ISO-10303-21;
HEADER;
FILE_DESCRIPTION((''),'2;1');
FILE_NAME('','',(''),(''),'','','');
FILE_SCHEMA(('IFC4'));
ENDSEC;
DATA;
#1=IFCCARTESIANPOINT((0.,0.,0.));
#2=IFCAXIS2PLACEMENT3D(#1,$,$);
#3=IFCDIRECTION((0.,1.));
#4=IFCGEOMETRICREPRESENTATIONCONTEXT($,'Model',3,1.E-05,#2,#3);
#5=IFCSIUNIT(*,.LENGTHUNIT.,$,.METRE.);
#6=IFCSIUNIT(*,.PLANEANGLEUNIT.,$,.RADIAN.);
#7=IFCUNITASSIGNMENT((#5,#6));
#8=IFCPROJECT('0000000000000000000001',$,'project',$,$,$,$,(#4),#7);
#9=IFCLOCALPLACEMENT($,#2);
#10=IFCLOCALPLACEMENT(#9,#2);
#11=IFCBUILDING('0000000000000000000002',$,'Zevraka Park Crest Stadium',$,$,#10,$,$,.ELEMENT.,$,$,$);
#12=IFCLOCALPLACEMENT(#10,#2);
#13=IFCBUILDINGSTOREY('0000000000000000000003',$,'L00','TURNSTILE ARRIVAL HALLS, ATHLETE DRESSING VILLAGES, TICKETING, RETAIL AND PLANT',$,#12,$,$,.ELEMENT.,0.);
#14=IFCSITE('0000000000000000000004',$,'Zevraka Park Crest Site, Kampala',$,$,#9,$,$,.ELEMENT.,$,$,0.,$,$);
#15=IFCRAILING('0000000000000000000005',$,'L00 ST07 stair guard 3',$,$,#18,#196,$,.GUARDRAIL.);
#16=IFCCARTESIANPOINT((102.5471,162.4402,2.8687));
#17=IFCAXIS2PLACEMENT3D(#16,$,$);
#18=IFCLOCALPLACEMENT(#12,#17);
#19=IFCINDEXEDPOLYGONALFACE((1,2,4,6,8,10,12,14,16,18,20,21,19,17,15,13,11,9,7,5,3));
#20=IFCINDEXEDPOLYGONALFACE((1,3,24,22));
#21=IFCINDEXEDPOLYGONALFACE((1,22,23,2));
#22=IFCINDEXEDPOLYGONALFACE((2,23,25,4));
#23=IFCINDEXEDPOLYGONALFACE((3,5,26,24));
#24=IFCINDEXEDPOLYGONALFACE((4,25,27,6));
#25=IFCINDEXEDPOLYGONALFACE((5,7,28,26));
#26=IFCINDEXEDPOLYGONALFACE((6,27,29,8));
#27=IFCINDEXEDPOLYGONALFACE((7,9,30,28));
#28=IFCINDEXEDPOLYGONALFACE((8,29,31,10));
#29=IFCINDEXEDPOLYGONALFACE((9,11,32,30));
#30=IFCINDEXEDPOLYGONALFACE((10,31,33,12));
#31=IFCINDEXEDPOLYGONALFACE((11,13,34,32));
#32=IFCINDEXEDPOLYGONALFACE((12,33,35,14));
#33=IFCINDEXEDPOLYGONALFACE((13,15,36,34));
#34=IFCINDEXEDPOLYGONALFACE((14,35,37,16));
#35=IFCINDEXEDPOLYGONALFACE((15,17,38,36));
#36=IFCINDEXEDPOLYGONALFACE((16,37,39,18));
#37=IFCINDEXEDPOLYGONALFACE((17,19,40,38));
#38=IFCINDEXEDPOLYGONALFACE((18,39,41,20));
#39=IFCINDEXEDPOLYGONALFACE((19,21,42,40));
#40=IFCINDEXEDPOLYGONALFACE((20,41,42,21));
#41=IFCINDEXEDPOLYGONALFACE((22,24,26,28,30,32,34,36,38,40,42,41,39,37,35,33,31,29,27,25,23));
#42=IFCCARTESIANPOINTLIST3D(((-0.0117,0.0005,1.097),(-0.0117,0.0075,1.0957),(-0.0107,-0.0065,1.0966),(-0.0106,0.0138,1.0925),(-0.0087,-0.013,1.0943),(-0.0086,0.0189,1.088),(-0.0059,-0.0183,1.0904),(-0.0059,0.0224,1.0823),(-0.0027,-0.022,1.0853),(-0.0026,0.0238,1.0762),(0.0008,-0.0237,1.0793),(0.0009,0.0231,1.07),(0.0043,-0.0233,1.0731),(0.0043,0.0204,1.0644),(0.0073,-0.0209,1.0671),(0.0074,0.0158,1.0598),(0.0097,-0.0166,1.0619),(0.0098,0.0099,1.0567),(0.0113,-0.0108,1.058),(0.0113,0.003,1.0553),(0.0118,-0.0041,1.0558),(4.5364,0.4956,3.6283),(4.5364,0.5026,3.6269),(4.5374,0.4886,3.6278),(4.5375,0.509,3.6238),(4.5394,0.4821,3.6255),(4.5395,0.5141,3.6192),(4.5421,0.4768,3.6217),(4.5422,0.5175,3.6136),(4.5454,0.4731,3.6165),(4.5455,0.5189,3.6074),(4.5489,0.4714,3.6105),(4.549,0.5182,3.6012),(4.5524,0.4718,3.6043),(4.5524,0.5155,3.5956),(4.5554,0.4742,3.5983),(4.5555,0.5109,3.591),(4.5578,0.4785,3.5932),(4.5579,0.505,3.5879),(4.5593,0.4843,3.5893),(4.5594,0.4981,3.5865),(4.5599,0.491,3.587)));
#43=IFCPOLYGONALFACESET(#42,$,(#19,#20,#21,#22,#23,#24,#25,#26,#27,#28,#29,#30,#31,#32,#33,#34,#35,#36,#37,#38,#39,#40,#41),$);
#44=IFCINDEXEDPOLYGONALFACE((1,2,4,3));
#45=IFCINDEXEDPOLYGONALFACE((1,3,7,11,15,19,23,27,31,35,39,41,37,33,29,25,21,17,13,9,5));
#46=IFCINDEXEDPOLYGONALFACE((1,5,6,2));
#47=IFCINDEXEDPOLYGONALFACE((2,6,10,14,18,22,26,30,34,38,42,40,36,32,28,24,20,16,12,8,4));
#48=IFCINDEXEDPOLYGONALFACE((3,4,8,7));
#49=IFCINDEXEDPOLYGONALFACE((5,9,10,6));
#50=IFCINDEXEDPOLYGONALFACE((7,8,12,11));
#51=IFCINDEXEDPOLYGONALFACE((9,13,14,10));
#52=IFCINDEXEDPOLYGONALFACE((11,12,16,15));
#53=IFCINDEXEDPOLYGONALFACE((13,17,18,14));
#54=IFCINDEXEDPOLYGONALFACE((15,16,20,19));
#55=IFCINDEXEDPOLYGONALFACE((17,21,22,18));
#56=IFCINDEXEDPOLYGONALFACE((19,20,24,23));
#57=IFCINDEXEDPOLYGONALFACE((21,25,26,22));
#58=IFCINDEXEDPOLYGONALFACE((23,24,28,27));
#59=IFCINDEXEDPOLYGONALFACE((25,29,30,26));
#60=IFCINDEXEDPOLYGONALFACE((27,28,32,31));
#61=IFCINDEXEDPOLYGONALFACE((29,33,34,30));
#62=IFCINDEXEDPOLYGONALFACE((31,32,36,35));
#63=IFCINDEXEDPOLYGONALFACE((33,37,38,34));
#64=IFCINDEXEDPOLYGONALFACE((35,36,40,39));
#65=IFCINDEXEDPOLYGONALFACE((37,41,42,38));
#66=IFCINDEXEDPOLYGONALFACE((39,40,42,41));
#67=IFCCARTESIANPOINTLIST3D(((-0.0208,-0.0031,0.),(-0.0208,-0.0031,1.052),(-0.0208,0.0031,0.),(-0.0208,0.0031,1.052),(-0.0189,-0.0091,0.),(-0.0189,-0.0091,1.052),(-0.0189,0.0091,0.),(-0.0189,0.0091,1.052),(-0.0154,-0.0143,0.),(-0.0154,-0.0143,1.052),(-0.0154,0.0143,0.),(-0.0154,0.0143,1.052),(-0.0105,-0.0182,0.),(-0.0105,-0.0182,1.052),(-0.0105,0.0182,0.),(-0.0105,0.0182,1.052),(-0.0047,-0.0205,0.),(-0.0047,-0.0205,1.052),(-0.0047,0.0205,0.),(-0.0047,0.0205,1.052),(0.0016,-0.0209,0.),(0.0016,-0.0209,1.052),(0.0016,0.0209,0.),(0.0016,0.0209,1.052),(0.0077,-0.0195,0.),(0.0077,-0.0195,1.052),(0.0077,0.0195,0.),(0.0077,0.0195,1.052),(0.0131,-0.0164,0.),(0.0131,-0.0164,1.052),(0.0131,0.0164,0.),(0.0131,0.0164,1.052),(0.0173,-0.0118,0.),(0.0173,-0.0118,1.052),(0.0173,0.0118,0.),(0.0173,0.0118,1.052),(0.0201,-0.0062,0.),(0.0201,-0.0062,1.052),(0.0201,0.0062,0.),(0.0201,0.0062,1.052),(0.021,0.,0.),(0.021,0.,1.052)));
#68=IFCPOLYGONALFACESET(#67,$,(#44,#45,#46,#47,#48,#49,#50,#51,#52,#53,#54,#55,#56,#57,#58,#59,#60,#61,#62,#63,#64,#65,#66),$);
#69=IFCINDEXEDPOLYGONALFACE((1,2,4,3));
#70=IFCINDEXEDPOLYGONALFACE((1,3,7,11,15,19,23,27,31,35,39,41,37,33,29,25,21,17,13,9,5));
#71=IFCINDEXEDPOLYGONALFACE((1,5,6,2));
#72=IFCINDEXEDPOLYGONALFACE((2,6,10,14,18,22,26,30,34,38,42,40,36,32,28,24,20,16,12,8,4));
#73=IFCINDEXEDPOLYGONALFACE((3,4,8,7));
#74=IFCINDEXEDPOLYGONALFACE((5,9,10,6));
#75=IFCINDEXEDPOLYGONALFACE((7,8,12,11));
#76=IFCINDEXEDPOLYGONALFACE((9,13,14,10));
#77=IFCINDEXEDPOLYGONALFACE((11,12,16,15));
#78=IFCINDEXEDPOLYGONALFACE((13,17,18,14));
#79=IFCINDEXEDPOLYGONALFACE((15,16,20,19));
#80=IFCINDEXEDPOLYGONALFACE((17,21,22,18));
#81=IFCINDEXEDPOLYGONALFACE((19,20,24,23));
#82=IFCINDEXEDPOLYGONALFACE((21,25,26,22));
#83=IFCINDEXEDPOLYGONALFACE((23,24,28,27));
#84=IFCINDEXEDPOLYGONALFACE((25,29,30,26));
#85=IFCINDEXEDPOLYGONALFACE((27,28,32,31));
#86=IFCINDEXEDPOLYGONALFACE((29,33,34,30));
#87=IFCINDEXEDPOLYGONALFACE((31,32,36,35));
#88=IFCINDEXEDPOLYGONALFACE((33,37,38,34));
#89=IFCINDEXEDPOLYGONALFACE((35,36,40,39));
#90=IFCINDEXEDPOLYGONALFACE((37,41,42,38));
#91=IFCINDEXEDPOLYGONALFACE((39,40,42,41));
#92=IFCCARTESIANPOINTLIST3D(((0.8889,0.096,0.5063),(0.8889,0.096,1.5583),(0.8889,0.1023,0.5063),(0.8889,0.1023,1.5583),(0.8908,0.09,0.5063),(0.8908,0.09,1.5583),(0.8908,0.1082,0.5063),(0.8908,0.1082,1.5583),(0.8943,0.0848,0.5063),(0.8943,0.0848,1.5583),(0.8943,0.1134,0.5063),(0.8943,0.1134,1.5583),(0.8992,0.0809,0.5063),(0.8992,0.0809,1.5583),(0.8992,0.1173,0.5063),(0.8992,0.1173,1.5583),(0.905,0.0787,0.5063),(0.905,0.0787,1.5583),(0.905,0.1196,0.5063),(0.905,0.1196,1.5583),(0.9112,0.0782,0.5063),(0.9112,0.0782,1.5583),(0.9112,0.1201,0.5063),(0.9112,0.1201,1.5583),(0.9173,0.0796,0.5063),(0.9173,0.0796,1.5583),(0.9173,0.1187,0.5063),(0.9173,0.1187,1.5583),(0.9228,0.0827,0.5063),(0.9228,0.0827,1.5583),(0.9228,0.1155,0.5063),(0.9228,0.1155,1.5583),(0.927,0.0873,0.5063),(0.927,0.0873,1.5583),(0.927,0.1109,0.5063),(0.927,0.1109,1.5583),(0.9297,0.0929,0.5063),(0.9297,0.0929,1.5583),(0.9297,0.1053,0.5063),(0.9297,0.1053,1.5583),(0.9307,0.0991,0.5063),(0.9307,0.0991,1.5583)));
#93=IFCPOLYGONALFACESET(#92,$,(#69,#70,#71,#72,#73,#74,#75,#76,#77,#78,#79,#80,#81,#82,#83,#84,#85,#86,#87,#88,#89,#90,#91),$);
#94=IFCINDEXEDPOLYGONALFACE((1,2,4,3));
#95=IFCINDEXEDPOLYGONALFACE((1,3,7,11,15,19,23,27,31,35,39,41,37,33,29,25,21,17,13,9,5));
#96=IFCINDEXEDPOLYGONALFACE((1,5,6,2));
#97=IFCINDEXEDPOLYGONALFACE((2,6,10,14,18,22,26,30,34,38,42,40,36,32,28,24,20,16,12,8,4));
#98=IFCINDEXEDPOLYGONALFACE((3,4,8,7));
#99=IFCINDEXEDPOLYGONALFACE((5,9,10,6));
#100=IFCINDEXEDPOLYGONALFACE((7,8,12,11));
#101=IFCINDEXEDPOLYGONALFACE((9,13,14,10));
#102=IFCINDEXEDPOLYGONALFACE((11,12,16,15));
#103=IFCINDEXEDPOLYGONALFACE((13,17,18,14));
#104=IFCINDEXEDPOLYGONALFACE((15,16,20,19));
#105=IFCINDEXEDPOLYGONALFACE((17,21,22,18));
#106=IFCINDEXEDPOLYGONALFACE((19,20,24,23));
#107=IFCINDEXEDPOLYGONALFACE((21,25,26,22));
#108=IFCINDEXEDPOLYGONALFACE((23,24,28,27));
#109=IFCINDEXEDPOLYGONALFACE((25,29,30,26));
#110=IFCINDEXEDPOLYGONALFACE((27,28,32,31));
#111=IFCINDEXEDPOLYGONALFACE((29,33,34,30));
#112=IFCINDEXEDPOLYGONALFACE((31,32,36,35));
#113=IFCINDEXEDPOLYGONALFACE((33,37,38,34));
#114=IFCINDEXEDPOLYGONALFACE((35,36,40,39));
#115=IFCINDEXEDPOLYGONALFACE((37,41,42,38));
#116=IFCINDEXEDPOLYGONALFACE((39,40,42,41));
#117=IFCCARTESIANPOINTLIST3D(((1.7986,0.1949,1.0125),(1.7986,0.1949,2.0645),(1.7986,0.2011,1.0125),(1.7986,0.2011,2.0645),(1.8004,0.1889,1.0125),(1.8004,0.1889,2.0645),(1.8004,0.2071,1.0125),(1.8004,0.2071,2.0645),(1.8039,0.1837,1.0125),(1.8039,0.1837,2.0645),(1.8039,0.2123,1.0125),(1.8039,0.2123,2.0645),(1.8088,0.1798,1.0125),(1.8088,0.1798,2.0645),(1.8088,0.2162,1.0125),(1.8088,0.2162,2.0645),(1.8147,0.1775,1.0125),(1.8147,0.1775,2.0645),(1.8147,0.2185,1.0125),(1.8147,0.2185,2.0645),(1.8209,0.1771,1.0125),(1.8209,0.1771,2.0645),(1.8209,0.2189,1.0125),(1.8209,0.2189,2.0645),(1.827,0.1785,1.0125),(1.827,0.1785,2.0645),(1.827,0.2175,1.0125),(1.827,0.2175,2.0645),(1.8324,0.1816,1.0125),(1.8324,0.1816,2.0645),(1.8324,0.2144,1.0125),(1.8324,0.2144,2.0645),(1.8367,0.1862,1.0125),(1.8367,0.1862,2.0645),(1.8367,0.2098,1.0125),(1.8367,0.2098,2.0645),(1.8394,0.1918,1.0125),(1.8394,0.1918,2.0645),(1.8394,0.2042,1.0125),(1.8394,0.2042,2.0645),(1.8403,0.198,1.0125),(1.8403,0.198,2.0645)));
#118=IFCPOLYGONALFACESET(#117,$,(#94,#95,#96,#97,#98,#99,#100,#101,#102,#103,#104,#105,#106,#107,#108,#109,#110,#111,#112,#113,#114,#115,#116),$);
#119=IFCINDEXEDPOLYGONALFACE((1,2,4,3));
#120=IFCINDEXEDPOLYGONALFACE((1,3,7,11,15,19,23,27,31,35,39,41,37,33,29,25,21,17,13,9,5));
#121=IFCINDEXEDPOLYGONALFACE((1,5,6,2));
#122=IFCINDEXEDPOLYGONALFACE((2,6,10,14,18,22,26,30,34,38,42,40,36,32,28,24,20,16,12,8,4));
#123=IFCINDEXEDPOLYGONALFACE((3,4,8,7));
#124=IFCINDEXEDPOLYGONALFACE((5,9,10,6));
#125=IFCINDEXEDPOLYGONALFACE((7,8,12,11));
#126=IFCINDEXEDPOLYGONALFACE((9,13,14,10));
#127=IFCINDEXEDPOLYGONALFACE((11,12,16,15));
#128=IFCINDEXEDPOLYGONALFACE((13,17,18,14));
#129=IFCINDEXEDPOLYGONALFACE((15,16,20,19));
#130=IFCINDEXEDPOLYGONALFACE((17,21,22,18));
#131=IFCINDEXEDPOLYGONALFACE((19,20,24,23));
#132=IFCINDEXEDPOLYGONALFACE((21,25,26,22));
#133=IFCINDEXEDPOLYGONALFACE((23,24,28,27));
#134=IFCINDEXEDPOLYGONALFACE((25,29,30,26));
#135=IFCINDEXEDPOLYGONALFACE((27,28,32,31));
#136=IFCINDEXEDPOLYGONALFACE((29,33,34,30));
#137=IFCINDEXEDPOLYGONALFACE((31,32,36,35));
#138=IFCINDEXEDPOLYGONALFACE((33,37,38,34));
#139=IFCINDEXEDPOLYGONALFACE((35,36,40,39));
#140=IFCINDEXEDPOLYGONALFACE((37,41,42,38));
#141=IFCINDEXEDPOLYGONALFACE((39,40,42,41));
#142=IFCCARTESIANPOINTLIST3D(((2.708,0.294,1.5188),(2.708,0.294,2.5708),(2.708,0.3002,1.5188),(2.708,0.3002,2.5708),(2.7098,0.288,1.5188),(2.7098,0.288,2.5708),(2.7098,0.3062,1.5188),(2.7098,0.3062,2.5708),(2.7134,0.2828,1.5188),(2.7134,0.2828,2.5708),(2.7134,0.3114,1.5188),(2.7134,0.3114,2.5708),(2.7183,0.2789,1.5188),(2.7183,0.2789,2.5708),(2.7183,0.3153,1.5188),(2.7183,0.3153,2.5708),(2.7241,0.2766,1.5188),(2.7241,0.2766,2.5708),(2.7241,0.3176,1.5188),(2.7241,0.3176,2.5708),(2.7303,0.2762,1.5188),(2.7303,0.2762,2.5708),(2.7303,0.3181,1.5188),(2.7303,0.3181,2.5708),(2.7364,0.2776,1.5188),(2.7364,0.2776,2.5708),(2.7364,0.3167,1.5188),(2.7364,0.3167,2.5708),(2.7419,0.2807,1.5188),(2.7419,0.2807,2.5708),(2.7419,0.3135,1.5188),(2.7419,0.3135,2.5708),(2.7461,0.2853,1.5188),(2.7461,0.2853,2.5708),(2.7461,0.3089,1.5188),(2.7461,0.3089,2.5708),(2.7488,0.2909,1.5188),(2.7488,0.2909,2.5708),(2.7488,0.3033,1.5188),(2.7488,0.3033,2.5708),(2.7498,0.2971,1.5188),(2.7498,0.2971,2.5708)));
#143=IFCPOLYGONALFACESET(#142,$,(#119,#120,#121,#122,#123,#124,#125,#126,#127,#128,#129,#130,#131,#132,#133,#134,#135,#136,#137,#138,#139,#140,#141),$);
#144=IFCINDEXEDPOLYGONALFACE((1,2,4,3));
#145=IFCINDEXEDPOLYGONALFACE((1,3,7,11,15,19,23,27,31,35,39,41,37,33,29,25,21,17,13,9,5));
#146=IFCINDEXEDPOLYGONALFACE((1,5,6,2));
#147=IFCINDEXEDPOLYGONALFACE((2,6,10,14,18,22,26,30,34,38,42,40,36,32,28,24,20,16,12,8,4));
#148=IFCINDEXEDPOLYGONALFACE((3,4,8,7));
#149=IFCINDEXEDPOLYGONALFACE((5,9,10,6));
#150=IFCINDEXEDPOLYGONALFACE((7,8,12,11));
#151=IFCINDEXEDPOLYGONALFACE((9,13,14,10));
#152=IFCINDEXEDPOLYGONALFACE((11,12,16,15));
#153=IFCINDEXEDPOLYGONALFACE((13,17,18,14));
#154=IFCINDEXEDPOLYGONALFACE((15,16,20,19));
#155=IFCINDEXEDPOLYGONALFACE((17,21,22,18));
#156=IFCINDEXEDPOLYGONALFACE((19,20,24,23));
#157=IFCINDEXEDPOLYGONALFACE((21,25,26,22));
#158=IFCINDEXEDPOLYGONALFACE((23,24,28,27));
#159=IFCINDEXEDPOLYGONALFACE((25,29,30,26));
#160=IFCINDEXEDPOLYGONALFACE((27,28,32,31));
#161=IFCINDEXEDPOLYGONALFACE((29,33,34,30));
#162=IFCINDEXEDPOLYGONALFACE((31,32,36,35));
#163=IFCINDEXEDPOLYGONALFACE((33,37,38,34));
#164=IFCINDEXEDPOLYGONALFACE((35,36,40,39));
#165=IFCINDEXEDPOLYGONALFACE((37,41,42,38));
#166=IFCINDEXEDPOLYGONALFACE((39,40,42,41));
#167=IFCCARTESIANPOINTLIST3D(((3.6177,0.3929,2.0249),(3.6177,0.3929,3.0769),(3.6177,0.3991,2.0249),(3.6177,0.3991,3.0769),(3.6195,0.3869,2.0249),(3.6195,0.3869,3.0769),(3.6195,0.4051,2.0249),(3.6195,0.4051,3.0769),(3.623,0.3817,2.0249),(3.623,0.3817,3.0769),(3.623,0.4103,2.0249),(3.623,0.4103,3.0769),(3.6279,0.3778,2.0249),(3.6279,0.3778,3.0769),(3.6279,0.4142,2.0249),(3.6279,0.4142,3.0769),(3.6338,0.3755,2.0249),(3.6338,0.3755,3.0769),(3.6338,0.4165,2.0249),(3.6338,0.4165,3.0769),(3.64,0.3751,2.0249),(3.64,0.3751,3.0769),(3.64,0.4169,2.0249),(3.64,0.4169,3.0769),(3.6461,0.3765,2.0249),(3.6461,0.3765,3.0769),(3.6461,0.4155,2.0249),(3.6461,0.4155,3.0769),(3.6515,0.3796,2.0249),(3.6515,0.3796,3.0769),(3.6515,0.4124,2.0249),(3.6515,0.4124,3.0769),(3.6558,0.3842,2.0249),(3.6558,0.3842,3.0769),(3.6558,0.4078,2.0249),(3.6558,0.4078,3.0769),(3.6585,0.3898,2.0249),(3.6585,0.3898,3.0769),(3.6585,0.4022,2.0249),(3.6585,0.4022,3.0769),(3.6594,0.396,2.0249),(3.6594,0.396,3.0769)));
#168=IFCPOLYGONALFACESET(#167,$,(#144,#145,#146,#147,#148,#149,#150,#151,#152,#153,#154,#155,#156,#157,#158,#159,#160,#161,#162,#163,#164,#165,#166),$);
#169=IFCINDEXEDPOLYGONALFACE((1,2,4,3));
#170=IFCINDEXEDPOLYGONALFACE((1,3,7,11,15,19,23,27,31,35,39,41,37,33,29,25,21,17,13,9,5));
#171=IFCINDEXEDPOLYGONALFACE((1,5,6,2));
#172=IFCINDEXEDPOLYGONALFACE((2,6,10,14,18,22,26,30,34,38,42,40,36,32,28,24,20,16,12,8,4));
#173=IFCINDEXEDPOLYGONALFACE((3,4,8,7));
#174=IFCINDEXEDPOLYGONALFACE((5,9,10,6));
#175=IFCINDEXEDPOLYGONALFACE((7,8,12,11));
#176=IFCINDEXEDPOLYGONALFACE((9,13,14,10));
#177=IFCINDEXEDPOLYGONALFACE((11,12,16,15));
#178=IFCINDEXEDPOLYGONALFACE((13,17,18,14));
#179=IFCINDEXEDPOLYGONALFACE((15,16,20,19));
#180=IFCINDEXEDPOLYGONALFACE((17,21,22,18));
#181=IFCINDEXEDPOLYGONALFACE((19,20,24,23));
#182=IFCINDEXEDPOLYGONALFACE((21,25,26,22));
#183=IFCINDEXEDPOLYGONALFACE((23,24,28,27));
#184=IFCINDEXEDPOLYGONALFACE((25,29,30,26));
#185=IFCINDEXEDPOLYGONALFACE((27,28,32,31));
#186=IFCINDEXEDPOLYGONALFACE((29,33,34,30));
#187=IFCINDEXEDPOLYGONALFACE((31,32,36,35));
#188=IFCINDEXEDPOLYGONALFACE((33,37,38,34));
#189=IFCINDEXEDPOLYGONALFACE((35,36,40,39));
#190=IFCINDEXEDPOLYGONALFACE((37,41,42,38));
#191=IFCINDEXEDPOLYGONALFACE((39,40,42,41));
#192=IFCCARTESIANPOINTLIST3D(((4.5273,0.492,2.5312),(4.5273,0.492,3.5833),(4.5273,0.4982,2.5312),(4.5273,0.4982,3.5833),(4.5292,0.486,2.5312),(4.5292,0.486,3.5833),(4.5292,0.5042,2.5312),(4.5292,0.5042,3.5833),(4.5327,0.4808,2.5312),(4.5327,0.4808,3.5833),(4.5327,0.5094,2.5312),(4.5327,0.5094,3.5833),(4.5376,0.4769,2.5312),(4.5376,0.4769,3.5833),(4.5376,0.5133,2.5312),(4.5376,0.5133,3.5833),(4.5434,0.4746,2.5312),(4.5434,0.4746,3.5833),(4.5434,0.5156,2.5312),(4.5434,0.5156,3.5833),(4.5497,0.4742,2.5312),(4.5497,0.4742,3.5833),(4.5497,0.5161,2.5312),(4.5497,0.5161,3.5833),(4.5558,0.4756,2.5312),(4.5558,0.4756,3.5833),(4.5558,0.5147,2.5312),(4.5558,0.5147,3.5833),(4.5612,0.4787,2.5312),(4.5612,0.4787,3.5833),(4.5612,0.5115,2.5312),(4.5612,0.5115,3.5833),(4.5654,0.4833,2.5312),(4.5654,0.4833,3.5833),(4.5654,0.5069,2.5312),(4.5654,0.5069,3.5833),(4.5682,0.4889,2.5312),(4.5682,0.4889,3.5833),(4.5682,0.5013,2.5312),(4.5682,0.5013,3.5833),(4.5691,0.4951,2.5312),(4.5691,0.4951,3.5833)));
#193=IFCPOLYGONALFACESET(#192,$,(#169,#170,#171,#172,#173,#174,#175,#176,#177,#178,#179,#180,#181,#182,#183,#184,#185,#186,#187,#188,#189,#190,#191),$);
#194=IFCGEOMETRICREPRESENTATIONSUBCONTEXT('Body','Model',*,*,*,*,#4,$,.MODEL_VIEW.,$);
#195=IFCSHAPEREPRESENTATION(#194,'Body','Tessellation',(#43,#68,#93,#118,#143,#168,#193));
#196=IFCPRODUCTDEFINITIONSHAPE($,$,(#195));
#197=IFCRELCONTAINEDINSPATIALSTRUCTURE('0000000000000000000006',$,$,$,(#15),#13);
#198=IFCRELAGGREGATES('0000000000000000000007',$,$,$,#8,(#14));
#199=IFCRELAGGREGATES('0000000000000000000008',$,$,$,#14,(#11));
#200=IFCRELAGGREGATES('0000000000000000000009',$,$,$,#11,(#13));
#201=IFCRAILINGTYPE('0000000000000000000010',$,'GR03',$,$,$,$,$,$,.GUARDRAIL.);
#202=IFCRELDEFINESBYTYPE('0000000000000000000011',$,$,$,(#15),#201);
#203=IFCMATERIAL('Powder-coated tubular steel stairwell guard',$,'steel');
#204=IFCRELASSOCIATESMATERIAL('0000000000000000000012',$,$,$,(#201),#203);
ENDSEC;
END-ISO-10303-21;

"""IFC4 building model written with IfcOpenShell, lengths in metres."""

from ifc_helpers import new_model, si_unit, direction, frame, origin, origin_2d, place, context, subcontext, project, spatial, circle, extrude, material, type_object, element, save


model = new_model("IFC4")

# Units and contexts
model_context = context("Model", 3, precision=1e-05, world=origin(), true_north=direction((0.0, 1.0)))
body_context = subcontext(model_context, "Body", "Model", "MODEL_VIEW")
ifc_project = project(units=[si_unit("LENGTHUNIT", "METRE"), si_unit("PLANEANGLEUNIT", "RADIAN")], contexts=[model_context])

# Site, building, storey
site_placement = place(None, origin())
site = spatial("IfcSite", under=ifc_project, at=site_placement, Name="Zevraka Park Crest Site, Kampala", CompositionType="ELEMENT", RefElevation=0.0)
building_placement = place(site_placement, origin())
building = spatial("IfcBuilding", under=site, at=building_placement, Name="Zevraka Park Crest Stadium", CompositionType="ELEMENT")
storey_placement = place(building_placement, origin())
storey = spatial("IfcBuildingStorey", under=building, at=storey_placement, Name="L00", Description="TURNSTILE ARRIVAL HALLS, ATHLETE DRESSING VILLAGES, TICKETING, RETAIL AND PLANT", CompositionType="ELEMENT", Elevation=0.0)

# Railing
ifc_material_1 = material(Name="Powder-coated tubular steel stairwell guard", Category="steel")
railing_type_1 = type_object("IfcRailingType", Name="GR03", PredefinedType="GUARDRAIL", material=ifc_material_1)
railing_1_placement = place(storey_placement, frame((102.5471, 162.4402, 2.8687)))
element("IfcRailing", 1, at=railing_1_placement, inside=storey, type_object=railing_type_1, Name="L00 ST07 stair guard 3", PredefinedType="GUARDRAIL", context=body_context, shape_type="SweptSolid", body=[
    extrude(circle(Radius=0.0239, at=origin_2d()), frame((0.0, 0.0, 1.0762), z_axis=(0.869861, 0.094695, 0.484123), x_axis=(-0.108223, 0.994127, 0.0)), (0.0, 0.0, 1.0), 5.2285),
    extrude(circle(Radius=0.021, at=origin_2d()), origin(), (0.0, 0.0, 1.0), 1.052),
    extrude(circle(Radius=0.021, at=origin_2d()), frame((0.9097, 0.0991, 0.5063)), (0.0, 0.0, 1.0), 1.052),
    extrude(circle(Radius=0.021, at=origin_2d()), frame((1.8193, 0.198, 1.0125)), (0.0, 0.0, 1.0), 1.052),
    extrude(circle(Radius=0.021, at=origin_2d()), frame((2.7288, 0.2971, 1.5188)), (0.0, 0.0, 1.0), 1.052),
    extrude(circle(Radius=0.021, at=origin_2d()), frame((3.6384, 0.396, 2.0249)), (0.0, 0.0, 1.0), 1.052),
    extrude(circle(Radius=0.021, at=origin_2d()), frame((4.5481, 0.4951, 2.5312)), (0.0, 0.0, 1.0), 1.052),
])

save(model, "model.ifc")
